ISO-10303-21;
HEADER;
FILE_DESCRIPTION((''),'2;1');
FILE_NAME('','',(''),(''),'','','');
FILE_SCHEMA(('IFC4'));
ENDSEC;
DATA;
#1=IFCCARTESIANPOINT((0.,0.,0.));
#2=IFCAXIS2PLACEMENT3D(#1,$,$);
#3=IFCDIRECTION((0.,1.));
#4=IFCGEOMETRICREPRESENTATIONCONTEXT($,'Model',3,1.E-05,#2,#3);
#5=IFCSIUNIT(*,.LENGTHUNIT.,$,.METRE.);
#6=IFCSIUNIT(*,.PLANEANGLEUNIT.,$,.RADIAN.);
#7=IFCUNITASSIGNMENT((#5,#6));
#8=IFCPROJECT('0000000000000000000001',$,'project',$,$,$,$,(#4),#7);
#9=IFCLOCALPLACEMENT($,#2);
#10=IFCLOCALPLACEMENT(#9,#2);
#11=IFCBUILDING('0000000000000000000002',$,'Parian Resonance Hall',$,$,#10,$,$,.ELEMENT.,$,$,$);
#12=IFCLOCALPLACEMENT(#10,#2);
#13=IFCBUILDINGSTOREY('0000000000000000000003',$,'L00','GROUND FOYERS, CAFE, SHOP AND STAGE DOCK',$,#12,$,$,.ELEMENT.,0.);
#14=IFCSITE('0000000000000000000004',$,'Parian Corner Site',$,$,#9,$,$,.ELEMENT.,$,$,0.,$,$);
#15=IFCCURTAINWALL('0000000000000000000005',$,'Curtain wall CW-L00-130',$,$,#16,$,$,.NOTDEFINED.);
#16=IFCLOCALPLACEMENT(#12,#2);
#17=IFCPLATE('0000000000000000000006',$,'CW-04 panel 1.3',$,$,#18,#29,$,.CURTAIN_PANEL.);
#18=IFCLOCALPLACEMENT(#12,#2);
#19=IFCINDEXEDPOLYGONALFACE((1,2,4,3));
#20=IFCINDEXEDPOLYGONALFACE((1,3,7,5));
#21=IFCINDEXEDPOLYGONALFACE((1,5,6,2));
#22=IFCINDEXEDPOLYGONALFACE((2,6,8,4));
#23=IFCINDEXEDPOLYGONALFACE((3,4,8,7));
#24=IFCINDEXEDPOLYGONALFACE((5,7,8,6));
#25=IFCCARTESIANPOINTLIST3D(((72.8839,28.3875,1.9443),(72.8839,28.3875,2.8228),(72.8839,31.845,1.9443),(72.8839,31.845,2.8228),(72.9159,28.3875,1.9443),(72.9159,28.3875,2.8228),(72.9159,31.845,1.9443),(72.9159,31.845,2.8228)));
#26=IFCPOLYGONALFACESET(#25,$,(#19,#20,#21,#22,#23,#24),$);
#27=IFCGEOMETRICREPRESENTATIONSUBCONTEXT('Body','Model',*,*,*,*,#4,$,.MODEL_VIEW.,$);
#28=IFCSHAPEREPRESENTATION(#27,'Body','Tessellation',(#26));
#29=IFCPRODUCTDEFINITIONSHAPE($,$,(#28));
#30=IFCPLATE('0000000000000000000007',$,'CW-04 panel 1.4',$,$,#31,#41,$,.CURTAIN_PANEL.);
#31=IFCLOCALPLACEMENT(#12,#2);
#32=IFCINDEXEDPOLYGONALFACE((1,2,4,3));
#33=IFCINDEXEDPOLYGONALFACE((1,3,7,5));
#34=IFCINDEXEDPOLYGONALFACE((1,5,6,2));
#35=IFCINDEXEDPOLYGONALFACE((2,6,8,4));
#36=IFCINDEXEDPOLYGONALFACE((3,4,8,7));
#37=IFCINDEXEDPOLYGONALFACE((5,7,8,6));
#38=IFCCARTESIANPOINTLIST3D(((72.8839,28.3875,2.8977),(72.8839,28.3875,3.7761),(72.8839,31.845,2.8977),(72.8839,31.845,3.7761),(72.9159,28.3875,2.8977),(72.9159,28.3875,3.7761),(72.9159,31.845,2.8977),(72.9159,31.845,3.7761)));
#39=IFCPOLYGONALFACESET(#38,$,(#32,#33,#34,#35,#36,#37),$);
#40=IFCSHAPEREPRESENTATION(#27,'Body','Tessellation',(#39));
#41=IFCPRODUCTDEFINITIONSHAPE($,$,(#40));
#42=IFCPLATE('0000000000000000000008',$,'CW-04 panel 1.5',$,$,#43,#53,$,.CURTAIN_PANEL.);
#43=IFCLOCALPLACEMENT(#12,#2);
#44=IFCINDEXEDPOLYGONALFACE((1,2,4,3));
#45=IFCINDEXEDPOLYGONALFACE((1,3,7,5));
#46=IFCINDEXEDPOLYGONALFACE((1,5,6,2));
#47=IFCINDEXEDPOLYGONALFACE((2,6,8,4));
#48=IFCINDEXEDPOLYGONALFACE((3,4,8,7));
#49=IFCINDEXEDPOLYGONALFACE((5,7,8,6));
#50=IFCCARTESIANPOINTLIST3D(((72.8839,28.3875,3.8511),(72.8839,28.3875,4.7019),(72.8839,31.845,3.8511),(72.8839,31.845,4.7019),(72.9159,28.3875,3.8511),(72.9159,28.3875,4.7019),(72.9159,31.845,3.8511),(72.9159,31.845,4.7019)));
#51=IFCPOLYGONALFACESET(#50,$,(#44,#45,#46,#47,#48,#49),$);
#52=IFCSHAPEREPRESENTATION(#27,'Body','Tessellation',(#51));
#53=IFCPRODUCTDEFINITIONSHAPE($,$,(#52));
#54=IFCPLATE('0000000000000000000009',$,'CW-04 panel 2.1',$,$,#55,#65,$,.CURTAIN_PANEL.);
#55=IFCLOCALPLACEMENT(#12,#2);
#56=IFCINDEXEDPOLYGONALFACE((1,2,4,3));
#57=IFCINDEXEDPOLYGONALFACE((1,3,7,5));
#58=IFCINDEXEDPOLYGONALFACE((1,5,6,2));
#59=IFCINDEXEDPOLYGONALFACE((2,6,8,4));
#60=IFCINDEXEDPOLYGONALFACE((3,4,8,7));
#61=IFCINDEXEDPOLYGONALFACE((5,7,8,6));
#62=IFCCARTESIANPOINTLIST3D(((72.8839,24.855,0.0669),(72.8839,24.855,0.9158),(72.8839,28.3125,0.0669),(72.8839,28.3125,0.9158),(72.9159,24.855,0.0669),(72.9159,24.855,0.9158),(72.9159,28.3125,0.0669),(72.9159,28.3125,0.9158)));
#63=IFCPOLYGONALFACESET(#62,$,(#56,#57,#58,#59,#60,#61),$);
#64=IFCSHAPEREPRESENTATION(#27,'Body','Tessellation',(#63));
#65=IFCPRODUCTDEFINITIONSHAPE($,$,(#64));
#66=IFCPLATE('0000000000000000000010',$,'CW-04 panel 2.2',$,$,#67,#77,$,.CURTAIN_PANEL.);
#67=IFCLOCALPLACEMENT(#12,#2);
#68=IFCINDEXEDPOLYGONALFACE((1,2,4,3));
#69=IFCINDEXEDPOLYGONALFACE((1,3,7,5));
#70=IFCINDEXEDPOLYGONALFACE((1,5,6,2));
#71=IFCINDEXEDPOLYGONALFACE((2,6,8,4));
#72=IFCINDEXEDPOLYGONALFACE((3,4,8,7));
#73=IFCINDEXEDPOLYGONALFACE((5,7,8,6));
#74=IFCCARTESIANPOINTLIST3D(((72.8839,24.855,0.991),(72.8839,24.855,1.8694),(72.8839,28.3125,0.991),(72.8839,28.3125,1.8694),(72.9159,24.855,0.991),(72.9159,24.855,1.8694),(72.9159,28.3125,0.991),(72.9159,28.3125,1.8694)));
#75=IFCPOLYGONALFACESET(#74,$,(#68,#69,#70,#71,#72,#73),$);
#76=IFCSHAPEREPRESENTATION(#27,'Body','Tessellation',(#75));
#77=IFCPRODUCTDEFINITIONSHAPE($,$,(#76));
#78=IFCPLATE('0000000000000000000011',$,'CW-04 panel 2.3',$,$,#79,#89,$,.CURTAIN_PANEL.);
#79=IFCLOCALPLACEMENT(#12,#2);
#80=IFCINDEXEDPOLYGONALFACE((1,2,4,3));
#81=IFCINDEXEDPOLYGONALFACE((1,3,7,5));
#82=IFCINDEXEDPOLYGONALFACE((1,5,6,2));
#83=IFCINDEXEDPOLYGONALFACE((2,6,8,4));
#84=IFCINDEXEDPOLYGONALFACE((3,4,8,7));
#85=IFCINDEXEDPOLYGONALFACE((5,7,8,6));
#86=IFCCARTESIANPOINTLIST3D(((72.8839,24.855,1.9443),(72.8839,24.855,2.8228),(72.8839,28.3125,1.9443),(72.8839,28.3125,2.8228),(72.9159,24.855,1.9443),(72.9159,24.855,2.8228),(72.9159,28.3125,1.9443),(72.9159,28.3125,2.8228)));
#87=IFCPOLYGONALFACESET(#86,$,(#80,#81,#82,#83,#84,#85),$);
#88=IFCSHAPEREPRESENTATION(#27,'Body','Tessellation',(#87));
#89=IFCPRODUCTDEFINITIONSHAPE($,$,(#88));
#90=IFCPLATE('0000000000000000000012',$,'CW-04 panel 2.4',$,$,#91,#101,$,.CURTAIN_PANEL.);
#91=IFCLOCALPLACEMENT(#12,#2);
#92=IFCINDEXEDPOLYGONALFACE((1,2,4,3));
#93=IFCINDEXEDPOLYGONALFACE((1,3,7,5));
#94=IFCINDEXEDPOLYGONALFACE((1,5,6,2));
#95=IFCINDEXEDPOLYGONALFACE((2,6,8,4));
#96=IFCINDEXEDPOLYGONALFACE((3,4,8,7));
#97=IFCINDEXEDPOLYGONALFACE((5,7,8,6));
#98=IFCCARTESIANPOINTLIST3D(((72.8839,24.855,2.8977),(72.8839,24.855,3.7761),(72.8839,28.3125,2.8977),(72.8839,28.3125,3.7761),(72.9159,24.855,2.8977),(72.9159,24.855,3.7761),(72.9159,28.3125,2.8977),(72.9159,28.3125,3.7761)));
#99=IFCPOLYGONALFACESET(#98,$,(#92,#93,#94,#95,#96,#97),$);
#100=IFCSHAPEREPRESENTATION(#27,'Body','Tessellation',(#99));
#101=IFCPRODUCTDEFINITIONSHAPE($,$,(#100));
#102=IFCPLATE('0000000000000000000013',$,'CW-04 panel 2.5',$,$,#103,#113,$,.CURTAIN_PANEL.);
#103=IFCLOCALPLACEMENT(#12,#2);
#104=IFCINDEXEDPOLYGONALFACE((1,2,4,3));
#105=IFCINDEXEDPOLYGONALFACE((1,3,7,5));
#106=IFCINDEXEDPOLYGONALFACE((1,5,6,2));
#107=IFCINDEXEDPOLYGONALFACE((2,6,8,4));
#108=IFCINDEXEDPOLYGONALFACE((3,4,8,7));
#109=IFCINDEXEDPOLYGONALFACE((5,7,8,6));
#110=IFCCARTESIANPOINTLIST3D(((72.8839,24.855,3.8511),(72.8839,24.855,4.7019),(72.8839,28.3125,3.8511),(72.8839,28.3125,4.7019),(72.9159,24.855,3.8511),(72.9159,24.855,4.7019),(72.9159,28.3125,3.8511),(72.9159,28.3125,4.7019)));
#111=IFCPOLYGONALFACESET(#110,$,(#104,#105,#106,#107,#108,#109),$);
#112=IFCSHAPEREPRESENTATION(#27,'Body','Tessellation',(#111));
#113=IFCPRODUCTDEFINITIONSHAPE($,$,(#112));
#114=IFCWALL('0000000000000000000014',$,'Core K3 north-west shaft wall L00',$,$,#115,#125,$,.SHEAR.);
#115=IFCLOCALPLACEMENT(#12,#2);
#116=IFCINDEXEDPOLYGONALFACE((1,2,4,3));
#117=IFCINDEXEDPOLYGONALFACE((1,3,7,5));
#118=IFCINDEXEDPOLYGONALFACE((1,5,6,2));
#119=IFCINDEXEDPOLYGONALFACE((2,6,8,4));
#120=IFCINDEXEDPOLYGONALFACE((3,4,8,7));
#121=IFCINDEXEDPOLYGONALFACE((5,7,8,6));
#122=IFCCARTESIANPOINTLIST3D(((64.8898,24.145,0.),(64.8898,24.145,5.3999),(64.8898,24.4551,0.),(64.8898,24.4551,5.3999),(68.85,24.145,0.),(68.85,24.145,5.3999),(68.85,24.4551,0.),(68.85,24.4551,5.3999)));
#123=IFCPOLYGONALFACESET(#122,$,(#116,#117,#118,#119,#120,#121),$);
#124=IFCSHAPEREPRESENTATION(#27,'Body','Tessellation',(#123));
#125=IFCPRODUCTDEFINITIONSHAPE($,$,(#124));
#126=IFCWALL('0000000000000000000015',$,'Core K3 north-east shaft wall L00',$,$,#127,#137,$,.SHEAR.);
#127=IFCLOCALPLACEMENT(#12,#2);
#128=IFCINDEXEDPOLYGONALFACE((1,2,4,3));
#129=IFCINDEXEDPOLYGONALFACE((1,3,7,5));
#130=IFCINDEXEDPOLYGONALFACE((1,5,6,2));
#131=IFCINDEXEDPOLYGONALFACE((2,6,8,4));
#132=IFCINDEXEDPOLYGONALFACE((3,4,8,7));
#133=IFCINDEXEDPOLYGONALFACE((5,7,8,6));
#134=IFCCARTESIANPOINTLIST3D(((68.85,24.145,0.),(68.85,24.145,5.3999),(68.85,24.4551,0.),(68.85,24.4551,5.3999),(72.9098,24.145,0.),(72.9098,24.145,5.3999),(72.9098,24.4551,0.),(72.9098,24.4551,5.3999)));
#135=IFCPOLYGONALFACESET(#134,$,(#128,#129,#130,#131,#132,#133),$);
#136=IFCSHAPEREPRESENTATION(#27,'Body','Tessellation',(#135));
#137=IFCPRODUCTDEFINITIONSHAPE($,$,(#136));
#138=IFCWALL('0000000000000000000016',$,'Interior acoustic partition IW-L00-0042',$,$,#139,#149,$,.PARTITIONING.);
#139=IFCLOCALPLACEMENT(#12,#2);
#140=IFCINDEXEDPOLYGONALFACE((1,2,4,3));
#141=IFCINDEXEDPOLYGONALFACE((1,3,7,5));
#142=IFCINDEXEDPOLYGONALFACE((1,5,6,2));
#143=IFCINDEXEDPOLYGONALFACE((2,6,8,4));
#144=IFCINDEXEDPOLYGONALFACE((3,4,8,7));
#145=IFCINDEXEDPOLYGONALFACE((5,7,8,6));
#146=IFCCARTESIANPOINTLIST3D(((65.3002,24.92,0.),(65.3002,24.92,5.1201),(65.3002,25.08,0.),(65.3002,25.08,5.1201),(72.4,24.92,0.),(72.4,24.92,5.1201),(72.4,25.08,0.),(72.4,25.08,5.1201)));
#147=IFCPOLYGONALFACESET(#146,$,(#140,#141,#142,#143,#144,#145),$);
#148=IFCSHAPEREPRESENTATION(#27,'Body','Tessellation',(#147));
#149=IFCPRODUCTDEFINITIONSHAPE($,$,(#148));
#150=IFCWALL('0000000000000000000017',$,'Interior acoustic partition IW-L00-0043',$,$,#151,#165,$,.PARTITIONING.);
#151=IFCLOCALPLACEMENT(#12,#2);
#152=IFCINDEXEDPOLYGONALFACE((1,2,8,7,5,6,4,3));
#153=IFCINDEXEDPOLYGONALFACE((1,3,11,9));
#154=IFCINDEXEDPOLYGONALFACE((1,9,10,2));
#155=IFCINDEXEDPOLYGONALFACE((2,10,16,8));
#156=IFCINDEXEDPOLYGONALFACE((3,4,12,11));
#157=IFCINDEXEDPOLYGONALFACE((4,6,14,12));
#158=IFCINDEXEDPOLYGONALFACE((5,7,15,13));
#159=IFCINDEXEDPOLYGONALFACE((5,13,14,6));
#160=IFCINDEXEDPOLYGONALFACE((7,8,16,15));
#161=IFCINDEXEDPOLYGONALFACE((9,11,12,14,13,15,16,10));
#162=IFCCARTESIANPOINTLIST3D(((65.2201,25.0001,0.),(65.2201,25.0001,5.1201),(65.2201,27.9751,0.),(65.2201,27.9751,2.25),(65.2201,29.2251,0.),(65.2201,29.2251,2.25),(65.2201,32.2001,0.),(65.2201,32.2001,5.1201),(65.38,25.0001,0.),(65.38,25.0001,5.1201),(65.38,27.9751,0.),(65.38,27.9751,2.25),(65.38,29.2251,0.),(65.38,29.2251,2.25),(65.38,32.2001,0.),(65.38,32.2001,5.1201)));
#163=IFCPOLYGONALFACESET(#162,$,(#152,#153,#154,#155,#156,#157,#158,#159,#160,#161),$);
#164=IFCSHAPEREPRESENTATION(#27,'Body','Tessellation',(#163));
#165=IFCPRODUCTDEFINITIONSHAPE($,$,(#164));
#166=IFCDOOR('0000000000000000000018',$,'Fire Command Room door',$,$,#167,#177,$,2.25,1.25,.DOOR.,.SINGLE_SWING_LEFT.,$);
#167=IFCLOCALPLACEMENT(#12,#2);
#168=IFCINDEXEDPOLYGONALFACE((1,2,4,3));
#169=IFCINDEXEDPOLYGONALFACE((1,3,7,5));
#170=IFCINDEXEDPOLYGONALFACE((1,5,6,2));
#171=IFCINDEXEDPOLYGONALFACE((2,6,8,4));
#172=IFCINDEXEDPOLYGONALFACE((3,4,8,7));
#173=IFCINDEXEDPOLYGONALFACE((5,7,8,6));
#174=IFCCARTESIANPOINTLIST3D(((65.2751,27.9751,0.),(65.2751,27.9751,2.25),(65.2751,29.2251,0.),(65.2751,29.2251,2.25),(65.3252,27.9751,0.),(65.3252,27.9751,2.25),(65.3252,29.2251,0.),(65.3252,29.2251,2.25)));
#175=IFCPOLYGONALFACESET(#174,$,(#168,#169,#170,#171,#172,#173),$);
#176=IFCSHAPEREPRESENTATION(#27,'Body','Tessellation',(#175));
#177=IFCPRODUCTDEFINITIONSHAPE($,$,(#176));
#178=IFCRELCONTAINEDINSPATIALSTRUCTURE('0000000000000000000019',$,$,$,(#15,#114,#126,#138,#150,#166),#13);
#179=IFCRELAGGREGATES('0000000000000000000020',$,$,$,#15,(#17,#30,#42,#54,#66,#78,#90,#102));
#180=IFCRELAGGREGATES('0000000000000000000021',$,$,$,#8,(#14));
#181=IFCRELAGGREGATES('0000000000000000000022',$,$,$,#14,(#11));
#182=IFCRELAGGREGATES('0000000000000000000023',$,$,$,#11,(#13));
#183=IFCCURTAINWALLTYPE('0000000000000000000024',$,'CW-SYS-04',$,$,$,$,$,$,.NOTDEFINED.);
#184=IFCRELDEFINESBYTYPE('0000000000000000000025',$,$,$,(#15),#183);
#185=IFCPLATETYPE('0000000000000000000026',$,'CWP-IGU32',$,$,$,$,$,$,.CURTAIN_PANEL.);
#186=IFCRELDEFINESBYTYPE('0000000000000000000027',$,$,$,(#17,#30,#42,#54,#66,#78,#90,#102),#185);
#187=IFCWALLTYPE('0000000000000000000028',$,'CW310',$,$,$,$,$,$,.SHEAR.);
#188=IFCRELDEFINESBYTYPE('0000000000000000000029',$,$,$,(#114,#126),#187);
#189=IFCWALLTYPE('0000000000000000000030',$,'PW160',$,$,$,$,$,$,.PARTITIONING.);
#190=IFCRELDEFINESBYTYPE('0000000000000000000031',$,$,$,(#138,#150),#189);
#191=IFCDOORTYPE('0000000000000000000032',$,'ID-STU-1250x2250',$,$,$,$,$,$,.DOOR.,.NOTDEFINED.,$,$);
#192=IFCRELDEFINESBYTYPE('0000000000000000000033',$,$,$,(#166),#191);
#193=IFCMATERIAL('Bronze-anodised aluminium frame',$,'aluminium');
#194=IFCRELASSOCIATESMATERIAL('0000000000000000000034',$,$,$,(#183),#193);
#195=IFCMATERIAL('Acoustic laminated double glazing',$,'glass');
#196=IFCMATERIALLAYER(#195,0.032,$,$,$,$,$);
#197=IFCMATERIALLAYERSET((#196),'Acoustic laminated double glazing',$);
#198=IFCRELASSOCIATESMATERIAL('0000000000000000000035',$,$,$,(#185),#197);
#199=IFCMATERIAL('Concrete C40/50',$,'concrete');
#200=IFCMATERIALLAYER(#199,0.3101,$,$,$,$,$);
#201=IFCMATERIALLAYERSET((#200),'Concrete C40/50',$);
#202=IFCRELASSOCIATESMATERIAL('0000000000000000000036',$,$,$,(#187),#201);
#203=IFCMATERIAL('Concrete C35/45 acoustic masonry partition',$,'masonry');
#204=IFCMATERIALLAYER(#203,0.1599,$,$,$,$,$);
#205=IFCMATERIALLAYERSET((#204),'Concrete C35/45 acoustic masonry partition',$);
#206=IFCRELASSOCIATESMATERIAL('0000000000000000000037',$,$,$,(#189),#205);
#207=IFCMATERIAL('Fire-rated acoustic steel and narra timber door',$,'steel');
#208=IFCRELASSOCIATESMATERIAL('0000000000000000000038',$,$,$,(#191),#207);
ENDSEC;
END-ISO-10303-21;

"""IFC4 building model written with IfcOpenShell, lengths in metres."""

from ifc_helpers import new_model, si_unit, direction, frame, frame_2d, origin, origin_2d, place, context, subcontext, project, spatial, rectangle, extrude, material, layer, layer_set, type_object, element, fill, aggregate, save


model = new_model("IFC4")

# Units and contexts
model_context = context("Model", 3, precision=1e-05, world=origin(), true_north=direction((0.0, 1.0)))
body_context = subcontext(model_context, "Body", "Model", "MODEL_VIEW")
ifc_project = project(units=[si_unit("LENGTHUNIT", "METRE"), si_unit("PLANEANGLEUNIT", "RADIAN")], contexts=[model_context])

# Site, building, storey
site_placement = place(None, origin())
site = spatial("IfcSite", under=ifc_project, at=site_placement, Name="Parian Corner Site", CompositionType="ELEMENT", RefElevation=0.0)
building_placement = place(site_placement, origin())
building = spatial("IfcBuilding", under=site, at=building_placement, Name="Parian Resonance Hall", CompositionType="ELEMENT")
storey_placement = place(building_placement, origin())
storey = spatial("IfcBuildingStorey", under=building, at=storey_placement, Name="L00", Description="GROUND FOYERS, CAFE, SHOP AND STAGE DOCK", CompositionType="ELEMENT", Elevation=0.0)

# Curtain wall, plates
ifc_material_1 = material(Name="Bronze-anodised aluminium frame", Category="aluminium")
curtain_wall_type = type_object("IfcCurtainWallType", Name="CW-SYS-04", PredefinedType="NOTDEFINED", material=ifc_material_1)
curtain_wall_placement = place(storey_placement, origin())
curtain_wall = element("IfcCurtainWall", 1, at=curtain_wall_placement, inside=storey, type_object=curtain_wall_type, Name="Curtain wall CW-L00-130", PredefinedType="NOTDEFINED")
ifc_material_2 = material(Name="Acoustic laminated double glazing", Category="glass")
ifc_layer_1 = layer(ifc_material_2, 0.032)
ifc_layer_set_1 = layer_set([ifc_layer_1], Name="Acoustic laminated double glazing")
plate_type = type_object("IfcPlateType", Name="CWP-IGU32", PredefinedType="CURTAIN_PANEL", material=ifc_layer_set_1)
plate_1_placement = place(storey_placement, frame((72.8999, 30.1162, 1.9443), z_axis=(0.0, 0.0, 1.0), x_axis=(0.0, -1.0, 0.0)))
plate_1 = element("IfcPlate", 2, at=plate_1_placement, type_object=plate_type, Name="CW-04 panel 1.3", PredefinedType="CURTAIN_PANEL", context=body_context, shape_type="SweptSolid", body=[
    extrude(rectangle(XDim=3.4575, YDim=0.032, at=origin_2d()), origin(), (0.0, 0.0, 1.0), 0.8784),
])
plate_2_placement = place(storey_placement, frame((72.8999, 30.1162, 2.8977), z_axis=(0.0, 0.0, 1.0), x_axis=(0.0, -1.0, 0.0)))
plate_2 = element("IfcPlate", 3, at=plate_2_placement, type_object=plate_type, Name="CW-04 panel 1.4", PredefinedType="CURTAIN_PANEL", context=body_context, shape_type="SweptSolid", body=[
    extrude(rectangle(XDim=3.4575, YDim=0.032, at=origin_2d()), origin(), (0.0, 0.0, 1.0), 0.8784),
])
plate_3_placement = place(storey_placement, frame((72.8999, 30.1162, 3.8511), z_axis=(0.0, 0.0, 1.0), x_axis=(0.0, -1.0, 0.0)))
plate_3 = element("IfcPlate", 4, at=plate_3_placement, type_object=plate_type, Name="CW-04 panel 1.5", PredefinedType="CURTAIN_PANEL", context=body_context, shape_type="SweptSolid", body=[
    extrude(rectangle(XDim=3.4575, YDim=0.032, at=origin_2d()), origin(), (0.0, 0.0, 1.0), 0.8508),
])
plate_4_placement = place(storey_placement, frame((72.8999, 26.5837, 0.0669), z_axis=(0.0, 0.0, 1.0), x_axis=(0.0, -1.0, 0.0)))
plate_4 = element("IfcPlate", 5, at=plate_4_placement, type_object=plate_type, Name="CW-04 panel 2.1", PredefinedType="CURTAIN_PANEL", context=body_context, shape_type="SweptSolid", body=[
    extrude(rectangle(XDim=3.4575, YDim=0.032, at=origin_2d()), origin(), (0.0, 0.0, 1.0), 0.8489),
])
plate_5_placement = place(storey_placement, frame((72.8999, 26.5837, 0.991), z_axis=(0.0, 0.0, 1.0), x_axis=(0.0, -1.0, 0.0)))
plate_5 = element("IfcPlate", 6, at=plate_5_placement, type_object=plate_type, Name="CW-04 panel 2.2", PredefinedType="CURTAIN_PANEL", context=body_context, shape_type="SweptSolid", body=[
    extrude(rectangle(XDim=3.4575, YDim=0.032, at=origin_2d()), origin(), (0.0, 0.0, 1.0), 0.8784),
])
plate_6_placement = place(storey_placement, frame((72.8999, 26.5837, 1.9443), z_axis=(0.0, 0.0, 1.0), x_axis=(0.0, -1.0, 0.0)))
plate_6 = element("IfcPlate", 7, at=plate_6_placement, type_object=plate_type, Name="CW-04 panel 2.3", PredefinedType="CURTAIN_PANEL", context=body_context, shape_type="SweptSolid", body=[
    extrude(rectangle(XDim=3.4575, YDim=0.032, at=origin_2d()), origin(), (0.0, 0.0, 1.0), 0.8784),
])
plate_7_placement = place(storey_placement, frame((72.8999, 26.5837, 2.8977), z_axis=(0.0, 0.0, 1.0), x_axis=(0.0, -1.0, 0.0)))
plate_7 = element("IfcPlate", 8, at=plate_7_placement, type_object=plate_type, Name="CW-04 panel 2.4", PredefinedType="CURTAIN_PANEL", context=body_context, shape_type="SweptSolid", body=[
    extrude(rectangle(XDim=3.4575, YDim=0.032, at=origin_2d()), origin(), (0.0, 0.0, 1.0), 0.8784),
])
plate_8_placement = place(storey_placement, frame((72.8999, 26.5837, 3.8511), z_axis=(0.0, 0.0, 1.0), x_axis=(0.0, -1.0, 0.0)))
plate_8 = element("IfcPlate", 9, at=plate_8_placement, type_object=plate_type, Name="CW-04 panel 2.5", PredefinedType="CURTAIN_PANEL", context=body_context, shape_type="SweptSolid", body=[
    extrude(rectangle(XDim=3.4575, YDim=0.032, at=origin_2d()), origin(), (0.0, 0.0, 1.0), 0.8508),
])
aggregate(curtain_wall, [plate_1, plate_2, plate_3, plate_4, plate_5, plate_6, plate_7, plate_8])

# Walls
ifc_material_3 = material(Name="Concrete C40/50", Category="concrete")
ifc_layer_2 = layer(ifc_material_3, 0.3101)
ifc_layer_set_2 = layer_set([ifc_layer_2], Name="Concrete C40/50")
wall_type_1 = type_object("IfcWallType", Name="CW310", PredefinedType="SHEAR", material=ifc_layer_set_2)
wall_1_placement = place(storey_placement, frame((64.8899, 24.3, 0.0), z_axis=(0.0, 0.0, 1.0), x_axis=(1.0, 0.0, 0.0)))
element("IfcWall", 10, at=wall_1_placement, inside=storey, type_object=wall_type_1, Name="Core K3 north-west shaft wall L00", PredefinedType="SHEAR", context=body_context, shape_type="SweptSolid", body=[
    extrude(rectangle(XDim=3.9602, YDim=0.3101, at=frame_2d((1.98, 0.0))), origin(), (0.0, 0.0, 1.0), 5.3999),
])
wall_2_placement = place(storey_placement, frame((68.8501, 24.3, 0.0), z_axis=(0.0, 0.0, 1.0), x_axis=(1.0, 0.0, 0.0)))
element("IfcWall", 11, at=wall_2_placement, inside=storey, type_object=wall_type_1, Name="Core K3 north-east shaft wall L00", PredefinedType="SHEAR", context=body_context, shape_type="SweptSolid", body=[
    extrude(rectangle(XDim=4.0598, YDim=0.3101, at=frame_2d((2.0298, 0.0))), origin(), (0.0, 0.0, 1.0), 5.3999),
])
ifc_material_4 = material(Name="Concrete C35/45 acoustic masonry partition", Category="masonry")
ifc_layer_3 = layer(ifc_material_4, 0.1599)
ifc_layer_set_3 = layer_set([ifc_layer_3], Name="Concrete C35/45 acoustic masonry partition")
wall_type_2 = type_object("IfcWallType", Name="PW160", PredefinedType="PARTITIONING", material=ifc_layer_set_3)
wall_3_placement = place(storey_placement, frame((72.3999, 25.0, 0.0), z_axis=(0.0, 0.0, 1.0), x_axis=(-1.0, 0.0, 0.0)))
element("IfcWall", 12, at=wall_3_placement, inside=storey, type_object=wall_type_2, Name="Interior acoustic partition IW-L00-0042", PredefinedType="PARTITIONING", context=body_context, shape_type="SweptSolid", body=[
    extrude(rectangle(XDim=7.0999, YDim=0.1599, at=frame_2d((3.5498, 0.0))), origin(), (0.0, 0.0, 1.0), 5.1201),
])

# Wall, opening, door
wall_4_placement = place(storey_placement, frame((65.3, 25.0, 0.0), z_axis=(0.0, 0.0, 1.0), x_axis=(0.0, 1.0, 0.0)))
wall_4 = element("IfcWall", 13, at=wall_4_placement, inside=storey, type_object=wall_type_2, Name="Interior acoustic partition IW-L00-0043", PredefinedType="PARTITIONING", context=body_context, shape_type="SweptSolid", body=[
    extrude(rectangle(XDim=7.2, YDim=0.1599, at=frame_2d((3.6001, 0.0))), origin(), (0.0, 0.0, 1.0), 5.1201),
])
opening_placement = place(wall_4_placement, frame((2.9751, 0.0, 0.0)))
opening = element("IfcOpeningElement", 14, at=opening_placement, cuts=wall_4, PredefinedType="OPENING", context=body_context, shape_type="SweptSolid", body=[
    extrude(rectangle(XDim=1.25, YDim=2.25, at=frame_2d((0.625, 1.125))), frame((0.0, 0.0898, 0.0), z_axis=(0.0, -1.0, 0.0), x_axis=(1.0, 0.0, 0.0)), (0.0, 0.0, 1.0), 0.1799),
])
ifc_material_5 = material(Name="Fire-rated acoustic steel and narra timber door", Category="steel")
door_type = type_object("IfcDoorType", Name="ID-STU-1250x2250", OperationType="NOTDEFINED", PredefinedType="DOOR", material=ifc_material_5)
door_placement = place(opening_placement, origin())
door = element("IfcDoor", 15, at=door_placement, inside=storey, type_object=door_type, Name="Fire Command Room door", OperationType="SINGLE_SWING_LEFT", OverallHeight=2.25, OverallWidth=1.25, PredefinedType="DOOR", context=body_context, shape_type="SweptSolid", body=[
    extrude(rectangle(XDim=1.25, YDim=2.25, at=frame_2d((0.625, 1.125))), frame((0.0, 0.0249, 0.0), z_axis=(0.0, -1.0, 0.0), x_axis=(1.0, 0.0, 0.0)), (0.0, 0.0, 1.0), 0.05),
])
fill(opening, door)

save(model, "model.ifc")
